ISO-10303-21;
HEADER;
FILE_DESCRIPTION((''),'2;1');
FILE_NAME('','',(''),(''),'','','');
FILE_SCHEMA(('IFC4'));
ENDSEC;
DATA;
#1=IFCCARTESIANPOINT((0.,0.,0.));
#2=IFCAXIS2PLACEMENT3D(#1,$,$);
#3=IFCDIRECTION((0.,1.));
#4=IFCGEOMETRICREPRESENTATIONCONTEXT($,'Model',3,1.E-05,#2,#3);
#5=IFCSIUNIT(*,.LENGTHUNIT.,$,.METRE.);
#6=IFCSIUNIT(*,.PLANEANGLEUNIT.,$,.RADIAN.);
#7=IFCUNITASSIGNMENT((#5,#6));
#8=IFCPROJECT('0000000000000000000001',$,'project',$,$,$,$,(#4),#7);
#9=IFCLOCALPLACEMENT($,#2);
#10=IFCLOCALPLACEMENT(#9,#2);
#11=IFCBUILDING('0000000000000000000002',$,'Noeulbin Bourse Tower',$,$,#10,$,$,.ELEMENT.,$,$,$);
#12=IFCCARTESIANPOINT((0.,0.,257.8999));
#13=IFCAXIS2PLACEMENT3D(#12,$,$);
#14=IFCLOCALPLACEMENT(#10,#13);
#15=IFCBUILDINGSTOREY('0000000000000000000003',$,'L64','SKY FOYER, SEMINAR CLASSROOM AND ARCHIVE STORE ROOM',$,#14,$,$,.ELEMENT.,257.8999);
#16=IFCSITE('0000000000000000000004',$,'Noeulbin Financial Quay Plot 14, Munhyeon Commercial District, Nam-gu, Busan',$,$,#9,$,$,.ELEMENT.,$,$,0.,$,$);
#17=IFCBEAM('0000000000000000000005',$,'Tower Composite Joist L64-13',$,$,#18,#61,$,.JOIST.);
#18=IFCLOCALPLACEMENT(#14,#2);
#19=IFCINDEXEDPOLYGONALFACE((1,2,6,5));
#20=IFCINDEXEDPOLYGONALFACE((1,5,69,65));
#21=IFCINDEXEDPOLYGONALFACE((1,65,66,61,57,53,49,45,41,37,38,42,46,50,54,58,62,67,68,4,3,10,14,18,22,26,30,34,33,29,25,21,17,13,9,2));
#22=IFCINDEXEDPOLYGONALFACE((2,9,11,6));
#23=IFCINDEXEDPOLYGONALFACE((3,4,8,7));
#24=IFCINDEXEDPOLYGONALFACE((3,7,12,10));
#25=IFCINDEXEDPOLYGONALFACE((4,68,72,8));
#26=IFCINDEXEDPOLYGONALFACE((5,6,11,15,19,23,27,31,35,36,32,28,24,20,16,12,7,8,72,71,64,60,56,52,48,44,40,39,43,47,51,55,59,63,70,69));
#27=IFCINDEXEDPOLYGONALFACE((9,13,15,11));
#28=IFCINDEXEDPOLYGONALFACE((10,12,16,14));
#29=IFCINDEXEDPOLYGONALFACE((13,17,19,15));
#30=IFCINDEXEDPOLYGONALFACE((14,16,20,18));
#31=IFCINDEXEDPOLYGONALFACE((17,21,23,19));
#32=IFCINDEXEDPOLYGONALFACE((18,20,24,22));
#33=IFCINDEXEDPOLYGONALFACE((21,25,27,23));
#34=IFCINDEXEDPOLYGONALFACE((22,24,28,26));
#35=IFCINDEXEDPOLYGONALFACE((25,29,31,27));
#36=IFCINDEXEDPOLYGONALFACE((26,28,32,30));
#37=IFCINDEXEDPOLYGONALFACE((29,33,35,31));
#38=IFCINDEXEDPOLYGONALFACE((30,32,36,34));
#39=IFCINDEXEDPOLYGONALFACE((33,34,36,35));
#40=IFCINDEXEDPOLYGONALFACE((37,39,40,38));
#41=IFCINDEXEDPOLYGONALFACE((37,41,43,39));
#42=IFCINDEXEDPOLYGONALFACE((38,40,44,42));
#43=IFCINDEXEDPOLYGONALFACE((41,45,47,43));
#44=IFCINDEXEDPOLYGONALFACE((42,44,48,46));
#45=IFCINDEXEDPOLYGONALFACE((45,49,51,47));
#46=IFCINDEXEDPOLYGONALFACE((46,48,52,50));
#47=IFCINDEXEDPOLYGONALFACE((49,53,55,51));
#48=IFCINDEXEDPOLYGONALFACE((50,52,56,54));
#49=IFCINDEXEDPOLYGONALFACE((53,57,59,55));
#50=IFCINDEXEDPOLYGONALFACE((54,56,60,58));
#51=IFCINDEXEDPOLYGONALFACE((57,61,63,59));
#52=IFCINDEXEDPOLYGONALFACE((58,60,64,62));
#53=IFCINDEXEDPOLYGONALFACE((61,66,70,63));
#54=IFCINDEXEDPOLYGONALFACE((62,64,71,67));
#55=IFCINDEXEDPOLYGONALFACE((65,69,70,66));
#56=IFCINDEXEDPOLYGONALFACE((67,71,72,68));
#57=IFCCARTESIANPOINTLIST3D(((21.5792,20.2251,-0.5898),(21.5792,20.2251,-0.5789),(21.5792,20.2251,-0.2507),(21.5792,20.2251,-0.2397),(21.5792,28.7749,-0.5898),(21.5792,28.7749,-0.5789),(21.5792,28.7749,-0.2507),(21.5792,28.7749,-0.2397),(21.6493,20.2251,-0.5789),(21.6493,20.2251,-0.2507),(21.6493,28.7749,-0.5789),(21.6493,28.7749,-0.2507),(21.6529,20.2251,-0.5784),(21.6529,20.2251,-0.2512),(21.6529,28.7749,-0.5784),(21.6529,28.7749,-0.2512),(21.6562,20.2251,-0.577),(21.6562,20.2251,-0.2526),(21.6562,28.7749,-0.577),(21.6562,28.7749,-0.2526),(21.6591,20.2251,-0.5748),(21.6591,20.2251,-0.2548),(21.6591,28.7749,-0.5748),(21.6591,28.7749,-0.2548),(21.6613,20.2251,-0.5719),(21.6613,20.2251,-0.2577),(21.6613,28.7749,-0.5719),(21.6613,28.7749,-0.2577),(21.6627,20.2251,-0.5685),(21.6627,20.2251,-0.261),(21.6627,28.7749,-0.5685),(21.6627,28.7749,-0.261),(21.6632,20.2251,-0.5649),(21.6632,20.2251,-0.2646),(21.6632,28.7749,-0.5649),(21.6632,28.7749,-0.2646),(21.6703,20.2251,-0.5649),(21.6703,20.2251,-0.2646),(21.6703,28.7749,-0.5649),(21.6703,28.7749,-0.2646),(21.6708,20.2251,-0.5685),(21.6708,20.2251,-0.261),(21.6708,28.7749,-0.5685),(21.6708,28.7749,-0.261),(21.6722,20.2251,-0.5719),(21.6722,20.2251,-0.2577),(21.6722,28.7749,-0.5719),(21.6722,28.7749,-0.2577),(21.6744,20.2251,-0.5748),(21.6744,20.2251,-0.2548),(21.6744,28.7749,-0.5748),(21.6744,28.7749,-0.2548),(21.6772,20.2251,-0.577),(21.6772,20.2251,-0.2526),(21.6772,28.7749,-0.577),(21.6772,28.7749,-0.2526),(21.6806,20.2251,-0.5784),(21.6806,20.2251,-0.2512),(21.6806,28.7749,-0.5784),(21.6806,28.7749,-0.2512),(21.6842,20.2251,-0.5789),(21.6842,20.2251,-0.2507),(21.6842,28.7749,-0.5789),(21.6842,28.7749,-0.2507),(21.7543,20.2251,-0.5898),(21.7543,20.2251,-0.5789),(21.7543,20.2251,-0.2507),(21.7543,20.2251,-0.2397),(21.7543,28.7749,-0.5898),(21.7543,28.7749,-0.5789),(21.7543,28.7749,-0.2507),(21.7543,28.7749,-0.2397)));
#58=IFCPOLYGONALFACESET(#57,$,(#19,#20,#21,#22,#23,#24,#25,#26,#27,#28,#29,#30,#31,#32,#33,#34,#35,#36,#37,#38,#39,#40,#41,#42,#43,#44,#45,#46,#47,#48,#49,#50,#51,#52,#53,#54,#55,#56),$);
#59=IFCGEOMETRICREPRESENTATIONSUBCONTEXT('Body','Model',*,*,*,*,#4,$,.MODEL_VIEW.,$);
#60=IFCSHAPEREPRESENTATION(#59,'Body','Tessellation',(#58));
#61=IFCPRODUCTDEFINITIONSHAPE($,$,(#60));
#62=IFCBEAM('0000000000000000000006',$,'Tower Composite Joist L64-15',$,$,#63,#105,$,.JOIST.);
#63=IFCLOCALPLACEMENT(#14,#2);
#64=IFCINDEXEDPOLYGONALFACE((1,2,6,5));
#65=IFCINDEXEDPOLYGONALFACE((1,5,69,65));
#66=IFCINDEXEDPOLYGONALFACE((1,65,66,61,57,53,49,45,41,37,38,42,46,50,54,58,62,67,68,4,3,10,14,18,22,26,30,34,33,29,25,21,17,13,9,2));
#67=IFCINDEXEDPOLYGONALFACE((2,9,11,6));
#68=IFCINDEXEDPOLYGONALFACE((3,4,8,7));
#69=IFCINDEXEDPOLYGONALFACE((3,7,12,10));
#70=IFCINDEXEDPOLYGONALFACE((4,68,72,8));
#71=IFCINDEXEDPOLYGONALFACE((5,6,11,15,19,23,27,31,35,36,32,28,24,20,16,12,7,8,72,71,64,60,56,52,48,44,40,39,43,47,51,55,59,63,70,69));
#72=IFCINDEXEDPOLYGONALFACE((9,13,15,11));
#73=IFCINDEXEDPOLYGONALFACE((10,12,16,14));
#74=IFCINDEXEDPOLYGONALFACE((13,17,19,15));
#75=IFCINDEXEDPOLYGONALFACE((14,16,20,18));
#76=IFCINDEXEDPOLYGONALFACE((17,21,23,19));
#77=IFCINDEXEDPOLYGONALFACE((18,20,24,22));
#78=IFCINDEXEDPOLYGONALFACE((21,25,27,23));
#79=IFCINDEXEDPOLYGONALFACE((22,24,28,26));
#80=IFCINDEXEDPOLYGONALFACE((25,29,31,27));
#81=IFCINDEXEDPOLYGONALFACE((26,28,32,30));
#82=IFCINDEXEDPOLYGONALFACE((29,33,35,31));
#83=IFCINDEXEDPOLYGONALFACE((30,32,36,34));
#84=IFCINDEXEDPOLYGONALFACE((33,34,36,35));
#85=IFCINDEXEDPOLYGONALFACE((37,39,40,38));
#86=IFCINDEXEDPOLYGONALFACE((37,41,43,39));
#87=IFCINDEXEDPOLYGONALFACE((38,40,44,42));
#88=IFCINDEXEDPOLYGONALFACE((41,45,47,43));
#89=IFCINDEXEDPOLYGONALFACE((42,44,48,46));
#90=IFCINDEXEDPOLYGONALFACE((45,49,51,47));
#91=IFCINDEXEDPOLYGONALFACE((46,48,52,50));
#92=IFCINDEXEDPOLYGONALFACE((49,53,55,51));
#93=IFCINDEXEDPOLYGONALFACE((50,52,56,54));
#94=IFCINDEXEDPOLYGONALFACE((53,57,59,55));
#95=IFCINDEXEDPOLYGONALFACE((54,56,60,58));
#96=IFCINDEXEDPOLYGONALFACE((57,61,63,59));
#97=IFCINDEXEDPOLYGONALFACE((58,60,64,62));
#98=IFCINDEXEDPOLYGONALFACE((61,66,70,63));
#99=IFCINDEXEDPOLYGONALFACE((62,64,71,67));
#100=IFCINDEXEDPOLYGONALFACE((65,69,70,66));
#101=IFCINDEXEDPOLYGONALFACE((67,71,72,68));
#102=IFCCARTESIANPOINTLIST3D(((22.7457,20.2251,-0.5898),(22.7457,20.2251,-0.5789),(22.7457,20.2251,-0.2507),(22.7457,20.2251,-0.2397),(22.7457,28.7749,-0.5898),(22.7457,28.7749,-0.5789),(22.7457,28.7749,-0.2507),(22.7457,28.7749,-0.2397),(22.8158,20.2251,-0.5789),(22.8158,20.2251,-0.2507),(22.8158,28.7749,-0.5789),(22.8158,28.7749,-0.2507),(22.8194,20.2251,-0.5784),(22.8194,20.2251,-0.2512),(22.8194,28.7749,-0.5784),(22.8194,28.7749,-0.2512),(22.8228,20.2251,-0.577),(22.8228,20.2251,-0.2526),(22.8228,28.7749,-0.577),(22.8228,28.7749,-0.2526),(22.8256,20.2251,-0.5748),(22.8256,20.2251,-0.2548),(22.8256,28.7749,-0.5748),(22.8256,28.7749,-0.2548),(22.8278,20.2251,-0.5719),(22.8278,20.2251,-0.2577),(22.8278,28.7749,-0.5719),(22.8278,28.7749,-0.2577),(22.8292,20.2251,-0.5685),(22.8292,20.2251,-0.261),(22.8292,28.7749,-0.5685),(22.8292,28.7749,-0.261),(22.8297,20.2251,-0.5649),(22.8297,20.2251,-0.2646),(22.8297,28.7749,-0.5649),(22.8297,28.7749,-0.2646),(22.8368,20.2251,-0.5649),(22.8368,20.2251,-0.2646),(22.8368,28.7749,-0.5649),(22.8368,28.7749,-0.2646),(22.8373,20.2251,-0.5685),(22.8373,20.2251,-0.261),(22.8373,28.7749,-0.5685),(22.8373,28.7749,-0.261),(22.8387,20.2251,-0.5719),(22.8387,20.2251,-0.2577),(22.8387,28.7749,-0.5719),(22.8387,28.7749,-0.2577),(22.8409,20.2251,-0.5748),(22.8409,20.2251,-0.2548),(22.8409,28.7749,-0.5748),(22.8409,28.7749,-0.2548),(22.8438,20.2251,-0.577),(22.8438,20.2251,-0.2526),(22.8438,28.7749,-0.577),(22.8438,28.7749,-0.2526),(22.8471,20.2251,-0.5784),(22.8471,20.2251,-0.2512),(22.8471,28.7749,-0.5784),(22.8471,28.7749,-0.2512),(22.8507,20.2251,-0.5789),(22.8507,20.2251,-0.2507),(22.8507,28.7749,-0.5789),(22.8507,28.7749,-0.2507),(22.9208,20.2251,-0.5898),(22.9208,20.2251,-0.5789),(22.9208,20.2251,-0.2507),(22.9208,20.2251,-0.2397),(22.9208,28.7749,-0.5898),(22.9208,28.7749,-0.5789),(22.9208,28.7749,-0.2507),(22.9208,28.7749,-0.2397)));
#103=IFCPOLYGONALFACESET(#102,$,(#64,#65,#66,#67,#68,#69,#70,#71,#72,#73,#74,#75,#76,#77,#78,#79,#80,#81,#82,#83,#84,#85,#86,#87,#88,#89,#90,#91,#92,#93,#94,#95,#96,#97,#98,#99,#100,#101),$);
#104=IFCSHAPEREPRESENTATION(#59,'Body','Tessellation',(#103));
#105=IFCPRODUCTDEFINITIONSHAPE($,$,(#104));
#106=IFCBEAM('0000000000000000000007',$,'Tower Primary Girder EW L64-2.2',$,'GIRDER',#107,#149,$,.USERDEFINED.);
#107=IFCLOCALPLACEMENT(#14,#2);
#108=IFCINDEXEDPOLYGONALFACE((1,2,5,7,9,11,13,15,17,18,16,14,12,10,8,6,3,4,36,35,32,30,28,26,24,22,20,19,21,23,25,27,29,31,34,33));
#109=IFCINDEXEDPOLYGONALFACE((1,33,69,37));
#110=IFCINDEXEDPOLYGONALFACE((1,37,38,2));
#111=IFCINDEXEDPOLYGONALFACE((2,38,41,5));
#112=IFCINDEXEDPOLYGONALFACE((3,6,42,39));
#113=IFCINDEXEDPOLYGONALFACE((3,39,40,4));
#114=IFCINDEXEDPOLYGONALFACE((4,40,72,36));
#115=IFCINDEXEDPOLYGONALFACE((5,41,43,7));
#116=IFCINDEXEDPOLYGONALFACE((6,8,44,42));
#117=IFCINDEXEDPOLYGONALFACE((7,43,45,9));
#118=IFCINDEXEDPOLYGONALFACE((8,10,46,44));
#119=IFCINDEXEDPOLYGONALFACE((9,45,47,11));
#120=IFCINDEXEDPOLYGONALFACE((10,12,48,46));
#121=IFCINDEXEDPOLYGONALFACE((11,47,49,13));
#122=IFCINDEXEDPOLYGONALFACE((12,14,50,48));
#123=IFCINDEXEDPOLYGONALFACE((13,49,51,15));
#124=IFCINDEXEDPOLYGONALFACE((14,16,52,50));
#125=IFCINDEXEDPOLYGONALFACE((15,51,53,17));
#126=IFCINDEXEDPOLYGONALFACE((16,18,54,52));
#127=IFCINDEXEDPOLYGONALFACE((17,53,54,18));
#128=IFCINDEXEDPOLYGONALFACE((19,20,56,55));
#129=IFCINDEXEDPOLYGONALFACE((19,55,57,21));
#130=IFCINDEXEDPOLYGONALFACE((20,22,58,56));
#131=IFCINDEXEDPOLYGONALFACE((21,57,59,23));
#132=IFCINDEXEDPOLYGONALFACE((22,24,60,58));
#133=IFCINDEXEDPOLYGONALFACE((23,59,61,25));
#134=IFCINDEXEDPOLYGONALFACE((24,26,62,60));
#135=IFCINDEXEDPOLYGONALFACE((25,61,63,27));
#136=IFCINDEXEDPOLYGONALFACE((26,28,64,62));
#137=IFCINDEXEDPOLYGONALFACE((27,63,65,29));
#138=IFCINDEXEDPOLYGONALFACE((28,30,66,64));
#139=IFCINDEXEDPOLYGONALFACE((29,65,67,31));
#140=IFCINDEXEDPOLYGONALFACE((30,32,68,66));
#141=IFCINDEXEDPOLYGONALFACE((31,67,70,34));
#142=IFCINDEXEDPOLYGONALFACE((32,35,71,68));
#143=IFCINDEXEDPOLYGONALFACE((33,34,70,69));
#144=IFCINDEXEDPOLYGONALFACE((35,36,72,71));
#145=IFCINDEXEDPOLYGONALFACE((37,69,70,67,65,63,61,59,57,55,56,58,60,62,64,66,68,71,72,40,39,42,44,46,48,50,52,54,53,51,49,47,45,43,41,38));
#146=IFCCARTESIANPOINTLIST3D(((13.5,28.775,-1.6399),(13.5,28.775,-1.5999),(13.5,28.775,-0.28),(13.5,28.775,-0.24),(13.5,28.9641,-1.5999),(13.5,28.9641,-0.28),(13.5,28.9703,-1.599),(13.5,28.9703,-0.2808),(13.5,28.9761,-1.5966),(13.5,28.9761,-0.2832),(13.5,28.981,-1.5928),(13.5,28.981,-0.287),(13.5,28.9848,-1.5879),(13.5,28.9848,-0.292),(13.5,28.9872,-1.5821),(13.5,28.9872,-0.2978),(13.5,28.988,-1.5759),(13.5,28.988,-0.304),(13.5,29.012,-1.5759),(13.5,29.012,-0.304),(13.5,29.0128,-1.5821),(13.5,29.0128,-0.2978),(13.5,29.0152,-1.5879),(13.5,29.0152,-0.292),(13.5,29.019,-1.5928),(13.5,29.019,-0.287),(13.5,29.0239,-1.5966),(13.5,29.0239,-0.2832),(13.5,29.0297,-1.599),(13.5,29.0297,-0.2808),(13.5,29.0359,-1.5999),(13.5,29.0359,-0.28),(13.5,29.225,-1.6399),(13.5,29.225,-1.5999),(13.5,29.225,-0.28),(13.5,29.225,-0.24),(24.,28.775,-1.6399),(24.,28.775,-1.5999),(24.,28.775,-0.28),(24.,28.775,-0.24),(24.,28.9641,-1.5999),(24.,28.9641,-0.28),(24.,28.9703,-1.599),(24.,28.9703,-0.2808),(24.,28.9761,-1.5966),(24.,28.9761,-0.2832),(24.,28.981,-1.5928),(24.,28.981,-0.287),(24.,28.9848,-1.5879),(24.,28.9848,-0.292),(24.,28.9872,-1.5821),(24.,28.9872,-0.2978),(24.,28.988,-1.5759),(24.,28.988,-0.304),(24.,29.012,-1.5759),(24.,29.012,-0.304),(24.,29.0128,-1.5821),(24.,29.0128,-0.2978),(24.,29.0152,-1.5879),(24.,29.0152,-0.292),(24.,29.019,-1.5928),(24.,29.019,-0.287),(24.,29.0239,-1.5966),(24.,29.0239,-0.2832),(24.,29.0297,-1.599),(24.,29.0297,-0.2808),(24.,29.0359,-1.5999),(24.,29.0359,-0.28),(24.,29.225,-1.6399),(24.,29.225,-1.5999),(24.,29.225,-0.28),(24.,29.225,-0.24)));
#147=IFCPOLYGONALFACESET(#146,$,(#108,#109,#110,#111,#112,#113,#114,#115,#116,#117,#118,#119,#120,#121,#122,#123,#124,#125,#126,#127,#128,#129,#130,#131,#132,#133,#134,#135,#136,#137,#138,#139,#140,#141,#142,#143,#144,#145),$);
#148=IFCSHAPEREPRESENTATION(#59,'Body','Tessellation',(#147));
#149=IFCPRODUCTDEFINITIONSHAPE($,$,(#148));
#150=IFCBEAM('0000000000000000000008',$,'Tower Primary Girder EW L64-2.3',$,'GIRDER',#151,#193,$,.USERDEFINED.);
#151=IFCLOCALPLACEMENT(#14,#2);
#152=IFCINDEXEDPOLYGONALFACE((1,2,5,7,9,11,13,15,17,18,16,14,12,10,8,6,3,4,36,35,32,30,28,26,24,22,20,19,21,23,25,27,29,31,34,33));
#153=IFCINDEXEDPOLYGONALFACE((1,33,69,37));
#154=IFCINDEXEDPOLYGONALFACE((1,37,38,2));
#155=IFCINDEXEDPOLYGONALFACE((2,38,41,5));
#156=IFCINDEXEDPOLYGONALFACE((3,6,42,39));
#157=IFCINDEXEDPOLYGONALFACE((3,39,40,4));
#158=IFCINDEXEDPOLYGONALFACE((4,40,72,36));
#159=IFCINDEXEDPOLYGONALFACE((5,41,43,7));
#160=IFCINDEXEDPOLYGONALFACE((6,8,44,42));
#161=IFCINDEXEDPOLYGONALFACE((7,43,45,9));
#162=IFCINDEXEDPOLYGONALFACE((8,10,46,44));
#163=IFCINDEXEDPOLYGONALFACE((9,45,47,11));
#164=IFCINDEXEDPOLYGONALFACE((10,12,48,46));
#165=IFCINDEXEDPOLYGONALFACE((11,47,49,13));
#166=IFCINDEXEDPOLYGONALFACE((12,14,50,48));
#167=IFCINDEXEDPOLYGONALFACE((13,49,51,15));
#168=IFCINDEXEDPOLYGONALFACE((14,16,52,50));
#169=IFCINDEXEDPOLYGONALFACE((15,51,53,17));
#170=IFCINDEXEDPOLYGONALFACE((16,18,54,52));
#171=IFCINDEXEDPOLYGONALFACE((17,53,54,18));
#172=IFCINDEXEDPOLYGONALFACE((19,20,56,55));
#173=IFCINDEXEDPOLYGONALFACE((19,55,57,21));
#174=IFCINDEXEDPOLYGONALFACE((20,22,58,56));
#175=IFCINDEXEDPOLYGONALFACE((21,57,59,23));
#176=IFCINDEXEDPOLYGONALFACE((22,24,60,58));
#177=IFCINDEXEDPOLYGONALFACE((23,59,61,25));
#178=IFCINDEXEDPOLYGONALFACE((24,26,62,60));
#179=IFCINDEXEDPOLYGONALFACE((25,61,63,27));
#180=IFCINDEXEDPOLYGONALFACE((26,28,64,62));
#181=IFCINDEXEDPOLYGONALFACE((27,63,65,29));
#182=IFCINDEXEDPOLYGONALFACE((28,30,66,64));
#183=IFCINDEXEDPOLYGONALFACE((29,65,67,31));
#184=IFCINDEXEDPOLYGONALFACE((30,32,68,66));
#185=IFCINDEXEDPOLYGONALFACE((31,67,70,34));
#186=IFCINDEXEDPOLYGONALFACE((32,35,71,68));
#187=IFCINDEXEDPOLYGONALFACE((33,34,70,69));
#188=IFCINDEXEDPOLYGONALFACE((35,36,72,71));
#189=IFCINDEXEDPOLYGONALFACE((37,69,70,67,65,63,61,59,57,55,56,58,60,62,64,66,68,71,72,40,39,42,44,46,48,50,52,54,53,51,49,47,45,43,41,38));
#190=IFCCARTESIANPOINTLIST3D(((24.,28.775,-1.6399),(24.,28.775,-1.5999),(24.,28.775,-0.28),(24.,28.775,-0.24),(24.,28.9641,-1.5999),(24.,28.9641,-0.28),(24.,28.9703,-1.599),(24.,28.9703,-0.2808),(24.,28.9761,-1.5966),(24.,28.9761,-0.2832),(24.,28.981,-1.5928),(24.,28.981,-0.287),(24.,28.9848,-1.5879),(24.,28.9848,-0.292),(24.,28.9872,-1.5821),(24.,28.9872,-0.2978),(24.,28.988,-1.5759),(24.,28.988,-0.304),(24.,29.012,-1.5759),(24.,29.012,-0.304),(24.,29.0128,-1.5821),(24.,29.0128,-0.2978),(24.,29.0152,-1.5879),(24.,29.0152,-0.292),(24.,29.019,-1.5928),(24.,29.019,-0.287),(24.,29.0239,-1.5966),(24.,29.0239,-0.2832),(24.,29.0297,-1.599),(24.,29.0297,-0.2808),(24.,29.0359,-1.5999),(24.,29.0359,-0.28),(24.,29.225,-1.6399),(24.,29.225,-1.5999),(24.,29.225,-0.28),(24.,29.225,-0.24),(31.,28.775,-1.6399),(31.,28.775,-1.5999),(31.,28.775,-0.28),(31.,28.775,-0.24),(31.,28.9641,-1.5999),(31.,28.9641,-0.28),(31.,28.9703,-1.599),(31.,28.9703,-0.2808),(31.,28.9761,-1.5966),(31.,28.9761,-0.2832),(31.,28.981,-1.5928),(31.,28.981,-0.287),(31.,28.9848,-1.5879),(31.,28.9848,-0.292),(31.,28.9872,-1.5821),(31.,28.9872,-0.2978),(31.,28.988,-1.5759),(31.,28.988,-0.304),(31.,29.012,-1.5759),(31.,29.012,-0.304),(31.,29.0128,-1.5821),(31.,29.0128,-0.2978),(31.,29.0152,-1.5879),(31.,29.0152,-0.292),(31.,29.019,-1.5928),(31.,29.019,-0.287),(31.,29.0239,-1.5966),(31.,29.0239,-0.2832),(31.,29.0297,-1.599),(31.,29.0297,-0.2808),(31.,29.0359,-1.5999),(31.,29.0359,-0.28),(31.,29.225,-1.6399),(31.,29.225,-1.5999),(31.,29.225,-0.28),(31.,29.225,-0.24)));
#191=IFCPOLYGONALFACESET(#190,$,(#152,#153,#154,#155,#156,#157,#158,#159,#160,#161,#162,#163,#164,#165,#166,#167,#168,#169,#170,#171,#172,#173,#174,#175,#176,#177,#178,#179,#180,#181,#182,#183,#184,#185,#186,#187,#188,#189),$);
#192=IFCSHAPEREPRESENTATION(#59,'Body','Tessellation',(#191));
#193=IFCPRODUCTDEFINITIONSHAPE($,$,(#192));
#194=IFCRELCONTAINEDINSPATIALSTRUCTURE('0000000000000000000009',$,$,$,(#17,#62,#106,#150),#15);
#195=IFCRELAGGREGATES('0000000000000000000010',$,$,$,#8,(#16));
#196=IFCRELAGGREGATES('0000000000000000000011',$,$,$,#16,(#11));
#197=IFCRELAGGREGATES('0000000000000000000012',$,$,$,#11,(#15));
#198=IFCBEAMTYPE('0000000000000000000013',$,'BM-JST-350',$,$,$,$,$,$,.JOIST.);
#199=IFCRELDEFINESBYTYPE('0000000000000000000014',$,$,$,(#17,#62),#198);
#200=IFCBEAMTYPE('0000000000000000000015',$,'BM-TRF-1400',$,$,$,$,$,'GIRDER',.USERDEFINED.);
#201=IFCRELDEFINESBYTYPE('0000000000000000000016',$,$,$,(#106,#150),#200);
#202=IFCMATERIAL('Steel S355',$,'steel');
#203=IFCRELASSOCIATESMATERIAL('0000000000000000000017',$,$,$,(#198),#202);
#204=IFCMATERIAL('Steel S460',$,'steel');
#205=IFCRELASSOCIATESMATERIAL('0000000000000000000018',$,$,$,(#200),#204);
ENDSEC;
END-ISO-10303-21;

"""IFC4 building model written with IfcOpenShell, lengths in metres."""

from ifc_helpers import new_model, si_unit, direction, frame, origin, origin_2d, place, context, subcontext, project, spatial, i_section, extrude, material, material_profile, profile_set, type_object, element, save


model = new_model("IFC4")

# Units and contexts
model_context = context("Model", 3, precision=1e-05, world=origin(), true_north=direction((0.0, 1.0)))
body_context = subcontext(model_context, "Body", "Model", "MODEL_VIEW")
ifc_project = project(units=[si_unit("LENGTHUNIT", "METRE"), si_unit("PLANEANGLEUNIT", "RADIAN")], contexts=[model_context])

# Site, building, storey
site_placement = place(None, origin())
site = spatial("IfcSite", under=ifc_project, at=site_placement, Name="Noeulbin Financial Quay Plot 14, Munhyeon Commercial District, Nam-gu, Busan", CompositionType="ELEMENT", RefElevation=0.0)
building_placement = place(site_placement, origin())
building = spatial("IfcBuilding", under=site, at=building_placement, Name="Noeulbin Bourse Tower", CompositionType="ELEMENT")
storey_placement = place(building_placement, frame((0.0, 0.0, 257.8999)))
storey = spatial("IfcBuildingStorey", under=building, at=storey_placement, Name="L64", Description="SKY FOYER, SEMINAR CLASSROOM AND ARCHIVE STORE ROOM", CompositionType="ELEMENT", Elevation=257.8999)

# Shared definitions
ifc_material_1 = material(Name="Steel S355", Category="steel")

# Beams
ifc_material_profile_1 = material_profile(ifc_material_1, i_section(OverallWidth=0.175, OverallDepth=0.3501, WebThickness=0.0071, FlangeThickness=0.011, FilletRadius=0.0139, at=origin_2d()), Name="H-350x175x7x11", Category="LoadBearing")
ifc_profile_set_1 = profile_set([ifc_material_profile_1], Name="Steel S355")
beam_type_1 = type_object("IfcBeamType", Name="BM-JST-350", PredefinedType="JOIST", material=ifc_profile_set_1)
for number, where, z_axis, x_axis, name in (
    (1, (21.6667, 20.2251, -0.4148), (0.0, 1.0, 0.0), (-1.0, 0.0, 0.0), "Tower Composite Joist L64-13"),
    (2, (22.8333, 20.2251, -0.4148), (0.0, 1.0, 0.0), (-1.0, 0.0, 0.0), "Tower Composite Joist L64-15"),
):
    element("IfcBeam", number, at=place(storey_placement, frame(where, z_axis=z_axis, x_axis=x_axis)), inside=storey, type_object=beam_type_1, Name=name, PredefinedType="JOIST", context=body_context, shape_type="SweptSolid", body=[
        extrude(i_section(OverallWidth=0.175, OverallDepth=0.3501, WebThickness=0.0071, FlangeThickness=0.011, FilletRadius=0.0139, at=origin_2d()), origin(), (0.0, 0.0, 1.0), 8.5498),
    ])
ifc_material_2 = material(Name="Steel S460", Category="steel")
ifc_material_profile_2 = material_profile(ifc_material_2, i_section(OverallWidth=0.45, OverallDepth=1.3999, WebThickness=0.0239, FlangeThickness=0.04, FilletRadius=0.0239, at=origin_2d()), Name="PG-1400x450x24x40", Category="LoadBearing")
ifc_profile_set_2 = profile_set([ifc_material_profile_2], Name="Steel S460")
beam_type_2 = type_object("IfcBeamType", Name="BM-TRF-1400", ElementType="GIRDER", PredefinedType="USERDEFINED", material=ifc_profile_set_2)
beam_1_placement = place(storey_placement, frame((13.5, 29.0, -0.9399), z_axis=(1.0, 0.0, 0.0), x_axis=(0.0, 1.0, 0.0)))
element("IfcBeam", 3, at=beam_1_placement, inside=storey, type_object=beam_type_2, Name="Tower Primary Girder EW L64-2.2", ObjectType="GIRDER", PredefinedType="USERDEFINED", context=body_context, shape_type="SweptSolid", body=[
    extrude(i_section(OverallWidth=0.45, OverallDepth=1.3999, WebThickness=0.0239, FlangeThickness=0.04, FilletRadius=0.0239, at=origin_2d()), origin(), (0.0, 0.0, 1.0), 10.5),
])
beam_2_placement = place(storey_placement, frame((24.0, 29.0, -0.9399), z_axis=(1.0, 0.0, 0.0), x_axis=(0.0, 1.0, 0.0)))
element("IfcBeam", 4, at=beam_2_placement, inside=storey, type_object=beam_type_2, Name="Tower Primary Girder EW L64-2.3", ObjectType="GIRDER", PredefinedType="USERDEFINED", context=body_context, shape_type="SweptSolid", body=[
    extrude(i_section(OverallWidth=0.45, OverallDepth=1.3999, WebThickness=0.0239, FlangeThickness=0.04, FilletRadius=0.0239, at=origin_2d()), origin(), (0.0, 0.0, 1.0), 7.0),
])

save(model, "model.ifc")
